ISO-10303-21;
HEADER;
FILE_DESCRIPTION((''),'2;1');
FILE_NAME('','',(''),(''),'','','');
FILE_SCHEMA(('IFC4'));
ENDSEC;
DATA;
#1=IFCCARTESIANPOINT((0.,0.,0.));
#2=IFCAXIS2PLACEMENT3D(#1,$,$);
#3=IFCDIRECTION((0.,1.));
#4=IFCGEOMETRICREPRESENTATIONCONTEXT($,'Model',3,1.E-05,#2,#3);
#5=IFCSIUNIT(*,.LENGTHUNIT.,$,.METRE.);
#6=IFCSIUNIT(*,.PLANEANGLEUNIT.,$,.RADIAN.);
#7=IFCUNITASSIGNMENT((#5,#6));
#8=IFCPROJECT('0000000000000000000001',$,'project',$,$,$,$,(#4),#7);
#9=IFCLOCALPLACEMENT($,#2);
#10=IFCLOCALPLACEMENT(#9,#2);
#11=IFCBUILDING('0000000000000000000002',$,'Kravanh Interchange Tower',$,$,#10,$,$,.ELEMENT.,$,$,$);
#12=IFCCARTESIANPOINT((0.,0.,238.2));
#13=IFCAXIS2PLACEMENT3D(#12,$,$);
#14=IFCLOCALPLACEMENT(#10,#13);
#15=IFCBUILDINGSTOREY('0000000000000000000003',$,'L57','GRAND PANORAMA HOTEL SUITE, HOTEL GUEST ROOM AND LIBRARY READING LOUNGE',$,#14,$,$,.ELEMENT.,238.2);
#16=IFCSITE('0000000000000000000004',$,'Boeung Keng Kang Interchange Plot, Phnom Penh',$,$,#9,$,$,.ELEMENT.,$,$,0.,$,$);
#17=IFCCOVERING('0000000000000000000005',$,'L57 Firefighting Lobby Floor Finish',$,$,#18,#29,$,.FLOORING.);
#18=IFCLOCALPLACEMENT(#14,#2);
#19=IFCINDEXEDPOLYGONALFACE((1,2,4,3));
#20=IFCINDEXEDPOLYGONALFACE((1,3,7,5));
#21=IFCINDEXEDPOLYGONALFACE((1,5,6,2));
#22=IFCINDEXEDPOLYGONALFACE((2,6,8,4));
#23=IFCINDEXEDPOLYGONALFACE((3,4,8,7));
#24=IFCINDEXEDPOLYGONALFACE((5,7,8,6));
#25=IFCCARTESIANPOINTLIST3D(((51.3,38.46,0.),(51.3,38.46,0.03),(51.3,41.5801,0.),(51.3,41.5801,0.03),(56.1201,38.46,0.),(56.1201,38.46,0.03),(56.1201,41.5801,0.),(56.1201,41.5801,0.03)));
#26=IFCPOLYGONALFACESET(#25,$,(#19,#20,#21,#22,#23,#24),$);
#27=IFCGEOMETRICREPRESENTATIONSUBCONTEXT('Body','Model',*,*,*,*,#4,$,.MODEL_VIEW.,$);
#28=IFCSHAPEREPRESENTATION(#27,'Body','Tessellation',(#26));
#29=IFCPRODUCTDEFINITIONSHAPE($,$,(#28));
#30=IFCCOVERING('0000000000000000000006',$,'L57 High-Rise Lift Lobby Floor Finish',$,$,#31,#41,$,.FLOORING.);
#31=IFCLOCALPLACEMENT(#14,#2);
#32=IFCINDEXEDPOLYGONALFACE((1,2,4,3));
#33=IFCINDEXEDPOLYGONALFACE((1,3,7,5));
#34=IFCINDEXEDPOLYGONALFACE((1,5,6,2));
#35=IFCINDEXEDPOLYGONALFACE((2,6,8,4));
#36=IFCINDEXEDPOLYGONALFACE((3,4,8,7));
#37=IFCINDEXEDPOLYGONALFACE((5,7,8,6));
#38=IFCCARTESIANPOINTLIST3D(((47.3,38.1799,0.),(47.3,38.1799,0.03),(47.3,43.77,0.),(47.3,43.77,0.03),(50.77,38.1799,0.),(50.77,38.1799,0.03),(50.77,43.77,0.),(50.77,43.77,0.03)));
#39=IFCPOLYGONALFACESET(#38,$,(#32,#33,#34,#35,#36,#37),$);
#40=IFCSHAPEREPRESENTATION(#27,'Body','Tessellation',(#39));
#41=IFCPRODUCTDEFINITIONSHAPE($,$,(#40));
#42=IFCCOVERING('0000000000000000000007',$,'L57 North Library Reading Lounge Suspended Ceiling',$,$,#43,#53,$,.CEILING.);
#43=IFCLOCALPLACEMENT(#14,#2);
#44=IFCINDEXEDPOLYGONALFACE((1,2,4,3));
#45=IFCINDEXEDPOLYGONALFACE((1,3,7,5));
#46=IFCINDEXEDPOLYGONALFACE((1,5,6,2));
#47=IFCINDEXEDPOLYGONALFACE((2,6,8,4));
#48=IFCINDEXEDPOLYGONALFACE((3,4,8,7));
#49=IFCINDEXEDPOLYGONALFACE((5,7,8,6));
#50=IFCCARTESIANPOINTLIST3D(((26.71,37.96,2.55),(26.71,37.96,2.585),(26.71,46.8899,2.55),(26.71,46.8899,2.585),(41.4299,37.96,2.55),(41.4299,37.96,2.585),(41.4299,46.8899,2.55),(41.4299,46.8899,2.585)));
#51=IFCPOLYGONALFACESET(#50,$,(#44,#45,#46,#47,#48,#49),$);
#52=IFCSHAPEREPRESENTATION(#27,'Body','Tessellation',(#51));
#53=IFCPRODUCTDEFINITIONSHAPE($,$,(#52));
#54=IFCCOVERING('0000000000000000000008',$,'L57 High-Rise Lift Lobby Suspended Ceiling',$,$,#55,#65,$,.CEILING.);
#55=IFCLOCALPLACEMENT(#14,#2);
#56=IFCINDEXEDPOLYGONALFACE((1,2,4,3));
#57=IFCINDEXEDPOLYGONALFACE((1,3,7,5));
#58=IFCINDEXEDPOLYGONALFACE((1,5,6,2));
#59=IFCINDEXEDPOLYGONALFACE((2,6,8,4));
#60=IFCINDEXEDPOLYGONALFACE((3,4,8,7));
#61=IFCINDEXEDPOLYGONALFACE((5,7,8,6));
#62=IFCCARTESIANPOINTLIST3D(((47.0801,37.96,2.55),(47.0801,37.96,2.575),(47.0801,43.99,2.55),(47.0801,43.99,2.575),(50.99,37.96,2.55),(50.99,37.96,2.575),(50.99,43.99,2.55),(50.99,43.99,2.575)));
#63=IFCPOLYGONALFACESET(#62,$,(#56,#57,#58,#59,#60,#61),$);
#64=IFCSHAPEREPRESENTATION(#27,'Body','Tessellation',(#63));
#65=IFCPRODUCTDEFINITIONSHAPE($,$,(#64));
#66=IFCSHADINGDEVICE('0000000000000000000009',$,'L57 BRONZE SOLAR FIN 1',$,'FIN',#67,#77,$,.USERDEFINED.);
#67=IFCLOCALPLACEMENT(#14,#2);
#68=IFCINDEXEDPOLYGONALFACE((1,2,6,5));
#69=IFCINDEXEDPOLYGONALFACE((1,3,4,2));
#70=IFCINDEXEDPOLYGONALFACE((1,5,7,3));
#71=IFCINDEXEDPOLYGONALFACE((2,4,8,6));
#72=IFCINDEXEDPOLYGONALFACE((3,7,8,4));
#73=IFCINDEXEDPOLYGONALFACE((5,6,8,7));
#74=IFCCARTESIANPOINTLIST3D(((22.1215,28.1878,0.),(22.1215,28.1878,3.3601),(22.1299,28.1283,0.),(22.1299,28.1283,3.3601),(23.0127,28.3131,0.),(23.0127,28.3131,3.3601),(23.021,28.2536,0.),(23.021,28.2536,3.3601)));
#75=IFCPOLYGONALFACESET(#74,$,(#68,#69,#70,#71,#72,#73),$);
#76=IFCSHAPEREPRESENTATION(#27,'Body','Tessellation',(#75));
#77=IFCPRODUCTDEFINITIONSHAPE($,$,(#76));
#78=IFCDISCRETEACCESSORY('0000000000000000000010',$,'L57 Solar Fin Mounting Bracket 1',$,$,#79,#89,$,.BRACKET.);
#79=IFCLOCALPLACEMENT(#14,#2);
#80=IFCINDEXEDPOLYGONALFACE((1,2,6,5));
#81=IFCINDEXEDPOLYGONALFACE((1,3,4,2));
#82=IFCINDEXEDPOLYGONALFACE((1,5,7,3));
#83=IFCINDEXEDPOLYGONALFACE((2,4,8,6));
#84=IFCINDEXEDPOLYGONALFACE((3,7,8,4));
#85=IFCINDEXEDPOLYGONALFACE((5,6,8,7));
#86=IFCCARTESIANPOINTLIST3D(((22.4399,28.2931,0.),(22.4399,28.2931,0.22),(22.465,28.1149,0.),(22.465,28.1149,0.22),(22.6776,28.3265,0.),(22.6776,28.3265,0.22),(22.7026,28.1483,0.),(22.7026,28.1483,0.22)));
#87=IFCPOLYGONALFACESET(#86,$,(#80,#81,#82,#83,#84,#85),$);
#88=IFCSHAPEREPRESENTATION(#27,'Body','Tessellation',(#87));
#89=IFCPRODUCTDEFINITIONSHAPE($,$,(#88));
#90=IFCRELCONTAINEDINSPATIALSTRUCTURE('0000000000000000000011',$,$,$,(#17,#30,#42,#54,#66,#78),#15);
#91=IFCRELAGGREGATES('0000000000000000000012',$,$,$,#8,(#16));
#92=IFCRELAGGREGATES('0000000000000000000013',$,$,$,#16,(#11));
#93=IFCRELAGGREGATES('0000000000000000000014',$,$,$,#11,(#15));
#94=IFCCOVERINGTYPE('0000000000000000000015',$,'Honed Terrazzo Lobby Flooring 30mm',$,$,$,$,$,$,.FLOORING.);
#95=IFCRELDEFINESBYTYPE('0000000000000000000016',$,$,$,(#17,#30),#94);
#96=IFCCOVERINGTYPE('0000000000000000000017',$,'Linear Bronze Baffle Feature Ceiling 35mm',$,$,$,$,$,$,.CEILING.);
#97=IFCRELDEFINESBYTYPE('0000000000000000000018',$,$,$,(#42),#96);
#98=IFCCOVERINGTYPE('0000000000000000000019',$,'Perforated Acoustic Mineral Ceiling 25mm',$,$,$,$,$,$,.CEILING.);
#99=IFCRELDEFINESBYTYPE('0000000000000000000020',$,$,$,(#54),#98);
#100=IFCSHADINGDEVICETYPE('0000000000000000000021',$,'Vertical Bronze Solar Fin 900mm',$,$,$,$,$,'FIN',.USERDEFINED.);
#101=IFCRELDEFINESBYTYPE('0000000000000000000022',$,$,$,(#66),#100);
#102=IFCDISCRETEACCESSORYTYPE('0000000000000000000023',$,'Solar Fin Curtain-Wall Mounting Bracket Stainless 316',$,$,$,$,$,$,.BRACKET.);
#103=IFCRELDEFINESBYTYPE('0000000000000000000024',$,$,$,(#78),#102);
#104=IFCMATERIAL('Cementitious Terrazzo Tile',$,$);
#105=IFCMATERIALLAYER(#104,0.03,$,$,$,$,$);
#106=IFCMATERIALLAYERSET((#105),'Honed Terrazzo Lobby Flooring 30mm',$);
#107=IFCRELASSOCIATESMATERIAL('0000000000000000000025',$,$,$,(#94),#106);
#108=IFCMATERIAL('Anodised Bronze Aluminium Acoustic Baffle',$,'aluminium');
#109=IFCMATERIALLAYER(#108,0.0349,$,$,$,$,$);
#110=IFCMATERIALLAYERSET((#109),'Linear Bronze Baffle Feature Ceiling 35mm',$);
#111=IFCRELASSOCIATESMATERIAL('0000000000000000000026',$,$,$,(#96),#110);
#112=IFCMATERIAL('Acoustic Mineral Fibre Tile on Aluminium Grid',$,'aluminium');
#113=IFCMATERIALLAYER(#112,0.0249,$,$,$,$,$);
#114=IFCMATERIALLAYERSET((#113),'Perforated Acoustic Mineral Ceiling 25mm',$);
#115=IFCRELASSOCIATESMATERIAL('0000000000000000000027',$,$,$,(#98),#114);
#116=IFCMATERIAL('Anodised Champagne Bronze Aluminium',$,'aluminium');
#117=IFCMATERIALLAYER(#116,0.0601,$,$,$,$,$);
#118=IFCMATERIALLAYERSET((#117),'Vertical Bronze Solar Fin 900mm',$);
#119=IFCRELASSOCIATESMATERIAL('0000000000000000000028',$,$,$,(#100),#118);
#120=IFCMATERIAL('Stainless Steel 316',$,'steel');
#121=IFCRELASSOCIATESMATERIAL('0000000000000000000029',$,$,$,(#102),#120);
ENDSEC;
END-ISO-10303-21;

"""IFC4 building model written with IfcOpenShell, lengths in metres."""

from ifc_helpers import new_model, si_unit, direction, frame, origin, origin_2d, place, context, subcontext, project, spatial, polyline, rectangle, outline, extrude, material, layer, layer_set, type_object, element, save


model = new_model("IFC4")

# Units and contexts
model_context = context("Model", 3, precision=1e-05, world=origin(), true_north=direction((0.0, 1.0)))
body_context = subcontext(model_context, "Body", "Model", "MODEL_VIEW")
ifc_project = project(units=[si_unit("LENGTHUNIT", "METRE"), si_unit("PLANEANGLEUNIT", "RADIAN")], contexts=[model_context])

# Site, building, storey
site_placement = place(None, origin())
site = spatial("IfcSite", under=ifc_project, at=site_placement, Name="Boeung Keng Kang Interchange Plot, Phnom Penh", CompositionType="ELEMENT", RefElevation=0.0)
building_placement = place(site_placement, origin())
building = spatial("IfcBuilding", under=site, at=building_placement, Name="Kravanh Interchange Tower", CompositionType="ELEMENT")
storey_placement = place(building_placement, frame((0.0, 0.0, 238.2)))
storey = spatial("IfcBuildingStorey", under=building, at=storey_placement, Name="L57", Description="GRAND PANORAMA HOTEL SUITE, HOTEL GUEST ROOM AND LIBRARY READING LOUNGE", CompositionType="ELEMENT", Elevation=238.2)

# Coverings
ifc_material_1 = material(Name="Cementitious Terrazzo Tile")
ifc_layer_1 = layer(ifc_material_1, 0.03)
ifc_layer_set_1 = layer_set([ifc_layer_1], Name="Honed Terrazzo Lobby Flooring 30mm")
covering_type_1 = type_object("IfcCoveringType", Name="Honed Terrazzo Lobby Flooring 30mm", PredefinedType="FLOORING", material=ifc_layer_set_1)
covering_1_placement = place(storey_placement, origin())
element("IfcCovering", 1, at=covering_1_placement, inside=storey, type_object=covering_type_1, Name="L57 Firefighting Lobby Floor Finish", PredefinedType="FLOORING", context=body_context, shape_type="SweptSolid", body=[
    extrude(outline(polyline([(56.1201, 38.46), (51.3, 38.46), (51.3, 41.5801), (56.1201, 41.5801), (56.1201, 38.46)])), origin(), (0.0, 0.0, 1.0), 0.03),
])
covering_2_placement = place(storey_placement, origin())
element("IfcCovering", 2, at=covering_2_placement, inside=storey, type_object=covering_type_1, Name="L57 High-Rise Lift Lobby Floor Finish", PredefinedType="FLOORING", context=body_context, shape_type="SweptSolid", body=[
    extrude(outline(polyline([(47.3, 43.77), (50.77, 43.77), (50.77, 38.1799), (47.3, 38.1799), (47.3, 43.77)])), origin(), (0.0, 0.0, 1.0), 0.03),
])
ifc_material_2 = material(Name="Anodised Bronze Aluminium Acoustic Baffle", Category="aluminium")
ifc_layer_2 = layer(ifc_material_2, 0.0349)
ifc_layer_set_2 = layer_set([ifc_layer_2], Name="Linear Bronze Baffle Feature Ceiling 35mm")
covering_type_2 = type_object("IfcCoveringType", Name="Linear Bronze Baffle Feature Ceiling 35mm", PredefinedType="CEILING", material=ifc_layer_set_2)
covering_3_placement = place(storey_placement, frame((0.0, 0.0, 2.55)))
element("IfcCovering", 3, at=covering_3_placement, inside=storey, type_object=covering_type_2, Name="L57 North Library Reading Lounge Suspended Ceiling", PredefinedType="CEILING", context=body_context, shape_type="SweptSolid", body=[
    extrude(outline(polyline([(41.4299, 46.8899), (41.4299, 37.96), (26.71, 37.96), (26.71, 46.8899), (41.4299, 46.8899)])), origin(), (0.0, 0.0, 1.0), 0.0349),
])
ifc_material_3 = material(Name="Acoustic Mineral Fibre Tile on Aluminium Grid", Category="aluminium")
ifc_layer_3 = layer(ifc_material_3, 0.0249)
ifc_layer_set_3 = layer_set([ifc_layer_3], Name="Perforated Acoustic Mineral Ceiling 25mm")
covering_type_3 = type_object("IfcCoveringType", Name="Perforated Acoustic Mineral Ceiling 25mm", PredefinedType="CEILING", material=ifc_layer_set_3)
covering_4_placement = place(storey_placement, frame((0.0, 0.0, 2.55)))
element("IfcCovering", 4, at=covering_4_placement, inside=storey, type_object=covering_type_3, Name="L57 High-Rise Lift Lobby Suspended Ceiling", PredefinedType="CEILING", context=body_context, shape_type="SweptSolid", body=[
    extrude(outline(polyline([(50.99, 37.96), (47.0801, 37.96), (47.0801, 43.99), (50.99, 43.99), (50.99, 37.96)])), origin(), (0.0, 0.0, 1.0), 0.0249),
])

# Shading device
ifc_material_4 = material(Name="Anodised Champagne Bronze Aluminium", Category="aluminium")
ifc_layer_4 = layer(ifc_material_4, 0.0601)
ifc_layer_set_4 = layer_set([ifc_layer_4], Name="Vertical Bronze Solar Fin 900mm")
shading_device_type = type_object("IfcShadingDeviceType", Name="Vertical Bronze Solar Fin 900mm", ElementType="FIN", PredefinedType="USERDEFINED", material=ifc_layer_set_4)
shading_device_placement = place(storey_placement, frame((22.5713, 28.2207, 0.0), z_axis=(0.0, 0.0, 1.0), x_axis=(-0.990268, -0.139174, 0.0)))
element("IfcShadingDevice", 5, at=shading_device_placement, inside=storey, type_object=shading_device_type, Name="L57 BRONZE SOLAR FIN 1", ObjectType="FIN", PredefinedType="USERDEFINED", context=body_context, shape_type="SweptSolid", body=[
    extrude(rectangle(XDim=0.8999, YDim=0.0601, at=origin_2d()), origin(), (0.0, 0.0, 1.0), 3.3601),
])

# Discrete accessory
ifc_material_5 = material(Name="Stainless Steel 316", Category="steel")
discrete_accessory_type = type_object("IfcDiscreteAccessoryType", Name="Solar Fin Curtain-Wall Mounting Bracket Stainless 316", PredefinedType="BRACKET", material=ifc_material_5)
discrete_accessory_placement = place(storey_placement, frame((22.5713, 28.2207, 0.0), z_axis=(0.0, 0.0, 1.0), x_axis=(-0.990268, -0.139174, 0.0)))
element("IfcDiscreteAccessory", 6, at=discrete_accessory_placement, inside=storey, type_object=discrete_accessory_type, Name="L57 Solar Fin Mounting Bracket 1", PredefinedType="BRACKET", context=body_context, shape_type="SweptSolid", body=[
    extrude(rectangle(XDim=0.24, YDim=0.1799, at=origin_2d()), origin(), (0.0, 0.0, 1.0), 0.22),
])

save(model, "model.ifc")
